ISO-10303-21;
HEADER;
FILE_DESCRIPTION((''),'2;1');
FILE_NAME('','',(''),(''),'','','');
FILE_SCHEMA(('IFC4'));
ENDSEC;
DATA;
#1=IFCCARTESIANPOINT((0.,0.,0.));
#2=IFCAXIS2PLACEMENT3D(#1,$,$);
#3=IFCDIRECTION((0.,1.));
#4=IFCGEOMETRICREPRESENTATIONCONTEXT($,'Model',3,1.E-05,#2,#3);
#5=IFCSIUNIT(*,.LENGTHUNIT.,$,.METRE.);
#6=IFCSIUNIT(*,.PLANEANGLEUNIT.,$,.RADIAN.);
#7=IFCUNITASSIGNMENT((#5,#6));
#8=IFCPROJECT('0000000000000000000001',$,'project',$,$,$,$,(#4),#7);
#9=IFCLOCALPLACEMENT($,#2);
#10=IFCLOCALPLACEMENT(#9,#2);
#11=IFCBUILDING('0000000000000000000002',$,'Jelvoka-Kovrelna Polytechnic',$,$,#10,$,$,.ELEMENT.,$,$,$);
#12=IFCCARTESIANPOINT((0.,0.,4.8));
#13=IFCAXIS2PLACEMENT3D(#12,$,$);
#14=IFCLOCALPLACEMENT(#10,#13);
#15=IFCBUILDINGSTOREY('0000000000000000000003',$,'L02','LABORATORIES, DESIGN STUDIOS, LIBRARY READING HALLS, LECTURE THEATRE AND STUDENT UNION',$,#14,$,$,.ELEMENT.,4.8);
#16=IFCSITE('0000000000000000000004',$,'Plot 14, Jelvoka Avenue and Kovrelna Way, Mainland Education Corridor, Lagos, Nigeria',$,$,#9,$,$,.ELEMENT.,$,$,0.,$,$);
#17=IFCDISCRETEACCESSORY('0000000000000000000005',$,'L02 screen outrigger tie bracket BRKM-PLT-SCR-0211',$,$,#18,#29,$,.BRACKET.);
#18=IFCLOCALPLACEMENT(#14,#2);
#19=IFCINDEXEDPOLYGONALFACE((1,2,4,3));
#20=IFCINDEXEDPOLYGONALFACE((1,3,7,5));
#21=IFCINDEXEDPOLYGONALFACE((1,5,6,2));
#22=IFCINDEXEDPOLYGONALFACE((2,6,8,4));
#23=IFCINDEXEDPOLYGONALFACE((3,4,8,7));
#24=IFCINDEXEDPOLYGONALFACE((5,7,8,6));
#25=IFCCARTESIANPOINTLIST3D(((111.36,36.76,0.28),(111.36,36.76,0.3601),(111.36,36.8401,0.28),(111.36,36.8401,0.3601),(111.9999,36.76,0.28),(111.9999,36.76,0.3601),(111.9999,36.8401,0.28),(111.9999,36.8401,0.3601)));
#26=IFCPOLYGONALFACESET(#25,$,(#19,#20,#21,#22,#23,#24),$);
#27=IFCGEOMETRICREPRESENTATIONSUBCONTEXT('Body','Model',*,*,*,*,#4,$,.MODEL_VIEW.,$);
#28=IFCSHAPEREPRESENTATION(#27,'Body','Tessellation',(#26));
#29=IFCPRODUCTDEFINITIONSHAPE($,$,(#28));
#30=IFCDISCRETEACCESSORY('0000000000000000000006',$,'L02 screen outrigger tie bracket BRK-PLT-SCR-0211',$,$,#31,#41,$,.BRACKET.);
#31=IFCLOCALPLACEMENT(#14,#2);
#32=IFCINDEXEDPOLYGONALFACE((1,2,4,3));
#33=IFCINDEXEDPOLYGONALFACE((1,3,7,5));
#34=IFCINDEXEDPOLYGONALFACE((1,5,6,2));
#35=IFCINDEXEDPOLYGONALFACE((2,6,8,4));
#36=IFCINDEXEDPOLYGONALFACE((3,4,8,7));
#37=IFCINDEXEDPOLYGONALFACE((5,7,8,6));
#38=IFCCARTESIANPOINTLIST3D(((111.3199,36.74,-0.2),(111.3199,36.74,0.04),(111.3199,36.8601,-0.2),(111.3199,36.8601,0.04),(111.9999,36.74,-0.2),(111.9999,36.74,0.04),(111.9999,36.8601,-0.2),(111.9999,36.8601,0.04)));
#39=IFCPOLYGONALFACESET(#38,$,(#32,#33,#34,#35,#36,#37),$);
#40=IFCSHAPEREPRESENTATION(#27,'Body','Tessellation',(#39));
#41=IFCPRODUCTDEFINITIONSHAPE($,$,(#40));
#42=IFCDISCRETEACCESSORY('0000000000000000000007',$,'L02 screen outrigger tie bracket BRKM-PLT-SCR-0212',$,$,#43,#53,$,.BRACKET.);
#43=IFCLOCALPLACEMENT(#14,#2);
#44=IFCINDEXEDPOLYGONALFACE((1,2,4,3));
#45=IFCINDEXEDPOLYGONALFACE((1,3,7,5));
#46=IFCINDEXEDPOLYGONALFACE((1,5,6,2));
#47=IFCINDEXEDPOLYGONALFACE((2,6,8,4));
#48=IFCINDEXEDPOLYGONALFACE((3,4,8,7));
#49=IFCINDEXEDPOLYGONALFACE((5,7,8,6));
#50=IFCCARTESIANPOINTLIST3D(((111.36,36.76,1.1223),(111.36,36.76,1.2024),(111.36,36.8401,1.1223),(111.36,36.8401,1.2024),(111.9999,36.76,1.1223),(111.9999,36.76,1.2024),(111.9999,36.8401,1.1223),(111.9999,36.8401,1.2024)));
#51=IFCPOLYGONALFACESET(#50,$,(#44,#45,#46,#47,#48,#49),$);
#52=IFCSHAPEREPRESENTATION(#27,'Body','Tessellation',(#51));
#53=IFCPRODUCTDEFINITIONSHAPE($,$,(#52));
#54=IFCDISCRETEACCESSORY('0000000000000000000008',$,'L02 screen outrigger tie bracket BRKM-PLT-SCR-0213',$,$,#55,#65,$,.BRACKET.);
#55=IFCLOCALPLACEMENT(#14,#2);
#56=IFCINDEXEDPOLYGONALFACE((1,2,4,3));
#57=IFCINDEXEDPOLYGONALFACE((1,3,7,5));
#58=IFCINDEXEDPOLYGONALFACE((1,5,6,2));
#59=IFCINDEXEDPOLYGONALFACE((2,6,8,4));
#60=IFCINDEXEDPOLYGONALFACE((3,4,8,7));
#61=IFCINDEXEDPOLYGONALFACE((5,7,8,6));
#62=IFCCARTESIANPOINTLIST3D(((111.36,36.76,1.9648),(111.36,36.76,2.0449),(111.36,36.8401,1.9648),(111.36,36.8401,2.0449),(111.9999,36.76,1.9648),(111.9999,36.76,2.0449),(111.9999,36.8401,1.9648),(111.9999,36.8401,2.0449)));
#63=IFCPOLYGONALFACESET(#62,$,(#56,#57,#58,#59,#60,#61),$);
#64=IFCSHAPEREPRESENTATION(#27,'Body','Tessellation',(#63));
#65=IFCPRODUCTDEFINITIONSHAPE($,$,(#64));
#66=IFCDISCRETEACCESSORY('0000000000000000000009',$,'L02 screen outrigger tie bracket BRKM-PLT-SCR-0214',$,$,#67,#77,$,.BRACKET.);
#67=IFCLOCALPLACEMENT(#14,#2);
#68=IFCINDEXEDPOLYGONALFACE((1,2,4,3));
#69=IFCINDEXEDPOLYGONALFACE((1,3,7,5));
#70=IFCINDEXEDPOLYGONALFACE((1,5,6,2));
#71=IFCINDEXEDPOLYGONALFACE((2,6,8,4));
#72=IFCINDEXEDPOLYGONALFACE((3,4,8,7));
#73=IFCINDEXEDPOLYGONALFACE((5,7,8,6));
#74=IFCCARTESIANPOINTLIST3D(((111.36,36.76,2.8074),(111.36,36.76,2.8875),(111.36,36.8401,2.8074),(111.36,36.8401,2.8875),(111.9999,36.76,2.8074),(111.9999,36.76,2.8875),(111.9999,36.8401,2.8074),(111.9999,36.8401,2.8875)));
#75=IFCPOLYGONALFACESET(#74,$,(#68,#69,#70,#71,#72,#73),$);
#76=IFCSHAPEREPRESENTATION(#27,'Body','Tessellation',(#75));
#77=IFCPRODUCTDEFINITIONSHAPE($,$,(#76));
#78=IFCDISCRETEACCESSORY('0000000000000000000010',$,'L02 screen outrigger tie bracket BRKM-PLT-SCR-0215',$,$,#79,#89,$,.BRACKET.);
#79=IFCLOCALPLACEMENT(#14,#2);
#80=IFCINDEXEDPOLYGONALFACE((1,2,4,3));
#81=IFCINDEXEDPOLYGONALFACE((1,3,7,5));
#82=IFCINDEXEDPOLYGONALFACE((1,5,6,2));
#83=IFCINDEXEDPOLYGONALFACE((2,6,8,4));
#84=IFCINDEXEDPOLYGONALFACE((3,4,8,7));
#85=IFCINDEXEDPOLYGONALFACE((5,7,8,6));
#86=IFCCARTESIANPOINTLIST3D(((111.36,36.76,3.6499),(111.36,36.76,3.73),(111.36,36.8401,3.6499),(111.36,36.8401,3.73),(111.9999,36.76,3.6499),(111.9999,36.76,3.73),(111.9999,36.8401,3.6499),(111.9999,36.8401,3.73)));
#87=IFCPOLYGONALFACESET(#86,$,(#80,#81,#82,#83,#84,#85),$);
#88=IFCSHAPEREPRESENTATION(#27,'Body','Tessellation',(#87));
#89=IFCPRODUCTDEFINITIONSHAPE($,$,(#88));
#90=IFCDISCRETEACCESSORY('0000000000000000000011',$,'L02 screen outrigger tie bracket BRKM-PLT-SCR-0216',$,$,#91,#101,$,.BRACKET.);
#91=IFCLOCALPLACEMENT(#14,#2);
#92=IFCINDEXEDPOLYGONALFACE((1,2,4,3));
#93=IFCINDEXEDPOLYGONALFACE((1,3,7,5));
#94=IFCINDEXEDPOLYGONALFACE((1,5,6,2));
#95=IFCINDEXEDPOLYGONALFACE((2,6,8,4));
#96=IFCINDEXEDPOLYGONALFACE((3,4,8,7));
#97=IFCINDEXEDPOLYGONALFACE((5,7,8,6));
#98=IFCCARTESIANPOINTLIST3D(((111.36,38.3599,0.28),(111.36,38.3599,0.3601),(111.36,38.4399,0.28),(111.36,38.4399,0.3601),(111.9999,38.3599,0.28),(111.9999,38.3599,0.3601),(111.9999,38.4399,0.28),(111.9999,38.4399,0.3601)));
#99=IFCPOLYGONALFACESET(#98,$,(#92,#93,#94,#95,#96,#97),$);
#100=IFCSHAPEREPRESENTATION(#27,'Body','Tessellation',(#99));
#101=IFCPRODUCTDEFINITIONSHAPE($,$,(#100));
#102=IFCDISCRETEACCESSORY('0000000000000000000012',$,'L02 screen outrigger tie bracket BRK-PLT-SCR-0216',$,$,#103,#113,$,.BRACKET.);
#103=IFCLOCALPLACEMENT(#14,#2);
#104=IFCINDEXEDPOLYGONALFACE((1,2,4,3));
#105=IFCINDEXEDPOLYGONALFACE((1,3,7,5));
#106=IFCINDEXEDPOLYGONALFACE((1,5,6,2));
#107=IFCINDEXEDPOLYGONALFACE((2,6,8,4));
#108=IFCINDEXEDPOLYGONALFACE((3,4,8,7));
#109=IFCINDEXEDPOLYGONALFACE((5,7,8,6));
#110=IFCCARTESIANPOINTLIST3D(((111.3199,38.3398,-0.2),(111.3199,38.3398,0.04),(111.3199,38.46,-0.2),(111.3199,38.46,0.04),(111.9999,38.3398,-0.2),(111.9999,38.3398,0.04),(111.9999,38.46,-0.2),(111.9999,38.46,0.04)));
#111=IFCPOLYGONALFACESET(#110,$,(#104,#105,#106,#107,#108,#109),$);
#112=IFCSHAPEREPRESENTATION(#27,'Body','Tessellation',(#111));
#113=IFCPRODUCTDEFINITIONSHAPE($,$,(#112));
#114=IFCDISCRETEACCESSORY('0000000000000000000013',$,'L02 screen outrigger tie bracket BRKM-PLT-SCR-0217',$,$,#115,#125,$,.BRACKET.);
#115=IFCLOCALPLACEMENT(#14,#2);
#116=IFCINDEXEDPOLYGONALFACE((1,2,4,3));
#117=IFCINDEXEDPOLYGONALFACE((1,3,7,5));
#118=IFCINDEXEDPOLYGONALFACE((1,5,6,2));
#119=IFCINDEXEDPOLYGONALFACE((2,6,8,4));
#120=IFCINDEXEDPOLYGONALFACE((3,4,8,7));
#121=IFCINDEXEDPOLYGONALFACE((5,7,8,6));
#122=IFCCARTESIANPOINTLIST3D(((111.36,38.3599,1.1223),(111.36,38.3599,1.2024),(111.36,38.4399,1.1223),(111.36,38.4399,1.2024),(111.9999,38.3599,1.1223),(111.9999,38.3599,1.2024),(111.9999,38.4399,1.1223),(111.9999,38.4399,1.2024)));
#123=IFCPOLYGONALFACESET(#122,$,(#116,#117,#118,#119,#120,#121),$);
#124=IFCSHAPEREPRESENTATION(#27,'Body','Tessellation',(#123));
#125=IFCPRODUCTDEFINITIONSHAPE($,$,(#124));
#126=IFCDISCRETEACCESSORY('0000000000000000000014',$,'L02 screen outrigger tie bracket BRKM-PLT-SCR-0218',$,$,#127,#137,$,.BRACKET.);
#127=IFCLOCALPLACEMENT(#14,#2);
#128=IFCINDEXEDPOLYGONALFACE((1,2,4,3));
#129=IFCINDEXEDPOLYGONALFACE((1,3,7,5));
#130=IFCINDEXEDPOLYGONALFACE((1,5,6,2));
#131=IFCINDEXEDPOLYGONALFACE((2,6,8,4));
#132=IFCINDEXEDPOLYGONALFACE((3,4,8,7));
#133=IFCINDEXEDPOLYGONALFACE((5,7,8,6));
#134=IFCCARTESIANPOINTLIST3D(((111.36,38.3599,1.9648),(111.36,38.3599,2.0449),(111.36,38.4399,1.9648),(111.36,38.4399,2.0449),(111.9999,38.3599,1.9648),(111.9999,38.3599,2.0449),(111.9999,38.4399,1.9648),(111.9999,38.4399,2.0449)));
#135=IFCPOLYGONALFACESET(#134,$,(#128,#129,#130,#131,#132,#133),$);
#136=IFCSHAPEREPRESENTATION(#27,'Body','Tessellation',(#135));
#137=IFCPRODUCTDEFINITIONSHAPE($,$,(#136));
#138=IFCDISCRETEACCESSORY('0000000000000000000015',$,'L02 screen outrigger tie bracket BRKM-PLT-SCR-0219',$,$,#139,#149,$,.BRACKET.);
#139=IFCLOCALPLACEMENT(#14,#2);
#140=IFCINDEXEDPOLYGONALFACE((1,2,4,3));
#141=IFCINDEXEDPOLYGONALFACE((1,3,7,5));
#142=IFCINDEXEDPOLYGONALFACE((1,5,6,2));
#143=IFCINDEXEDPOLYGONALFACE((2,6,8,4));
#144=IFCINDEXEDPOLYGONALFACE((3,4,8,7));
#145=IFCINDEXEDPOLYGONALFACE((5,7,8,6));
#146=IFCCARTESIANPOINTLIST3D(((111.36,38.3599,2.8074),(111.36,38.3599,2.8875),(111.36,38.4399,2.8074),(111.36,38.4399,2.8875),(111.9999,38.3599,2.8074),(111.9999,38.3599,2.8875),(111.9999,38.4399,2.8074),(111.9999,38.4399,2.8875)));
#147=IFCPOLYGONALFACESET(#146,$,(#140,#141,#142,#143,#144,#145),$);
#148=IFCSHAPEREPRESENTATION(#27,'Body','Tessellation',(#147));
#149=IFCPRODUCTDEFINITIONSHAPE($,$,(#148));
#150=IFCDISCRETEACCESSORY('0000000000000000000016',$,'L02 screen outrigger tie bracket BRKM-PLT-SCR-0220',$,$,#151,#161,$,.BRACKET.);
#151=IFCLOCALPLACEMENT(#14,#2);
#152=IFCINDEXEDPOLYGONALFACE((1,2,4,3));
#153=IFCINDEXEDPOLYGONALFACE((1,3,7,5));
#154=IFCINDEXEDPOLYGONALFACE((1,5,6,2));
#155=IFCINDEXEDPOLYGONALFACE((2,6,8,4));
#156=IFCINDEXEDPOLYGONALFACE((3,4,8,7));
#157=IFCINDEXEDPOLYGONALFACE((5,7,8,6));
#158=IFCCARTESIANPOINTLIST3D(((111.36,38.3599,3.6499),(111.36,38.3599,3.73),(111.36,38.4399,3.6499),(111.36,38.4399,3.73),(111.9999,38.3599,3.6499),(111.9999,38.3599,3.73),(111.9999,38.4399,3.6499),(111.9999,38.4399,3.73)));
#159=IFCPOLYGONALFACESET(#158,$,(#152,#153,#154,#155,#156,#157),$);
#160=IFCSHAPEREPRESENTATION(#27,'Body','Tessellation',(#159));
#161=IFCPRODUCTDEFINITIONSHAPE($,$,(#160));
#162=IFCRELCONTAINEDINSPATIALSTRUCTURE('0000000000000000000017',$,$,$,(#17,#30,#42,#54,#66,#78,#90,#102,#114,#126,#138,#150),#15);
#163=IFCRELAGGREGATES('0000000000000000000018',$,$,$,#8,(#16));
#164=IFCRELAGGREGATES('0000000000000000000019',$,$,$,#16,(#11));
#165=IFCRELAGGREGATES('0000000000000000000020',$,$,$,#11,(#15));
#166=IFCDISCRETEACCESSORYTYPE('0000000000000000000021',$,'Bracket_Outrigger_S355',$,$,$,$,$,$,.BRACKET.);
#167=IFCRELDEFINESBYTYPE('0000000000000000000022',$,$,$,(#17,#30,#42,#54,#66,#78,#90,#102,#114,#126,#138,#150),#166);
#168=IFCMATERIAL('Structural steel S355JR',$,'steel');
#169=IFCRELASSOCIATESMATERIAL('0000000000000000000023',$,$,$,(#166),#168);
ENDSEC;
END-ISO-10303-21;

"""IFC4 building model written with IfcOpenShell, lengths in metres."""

from ifc_helpers import new_model, si_unit, direction, frame, origin, origin_2d, place, context, subcontext, project, spatial, rectangle, extrude, material, type_object, element, save


model = new_model("IFC4")

# Units and contexts
model_context = context("Model", 3, precision=1e-05, world=origin(), true_north=direction((0.0, 1.0)))
body_context = subcontext(model_context, "Body", "Model", "MODEL_VIEW")
ifc_project = project(units=[si_unit("LENGTHUNIT", "METRE"), si_unit("PLANEANGLEUNIT", "RADIAN")], contexts=[model_context])

# Site, building, storey
site_placement = place(None, origin())
site = spatial("IfcSite", under=ifc_project, at=site_placement, Name="Plot 14, Jelvoka Avenue and Kovrelna Way, Mainland Education Corridor, Lagos, Nigeria", CompositionType="ELEMENT", RefElevation=0.0)
building_placement = place(site_placement, origin())
building = spatial("IfcBuilding", under=site, at=building_placement, Name="Jelvoka-Kovrelna Polytechnic", CompositionType="ELEMENT")
storey_placement = place(building_placement, frame((0.0, 0.0, 4.8)))
storey = spatial("IfcBuildingStorey", under=building, at=storey_placement, Name="L02", Description="LABORATORIES, DESIGN STUDIOS, LIBRARY READING HALLS, LECTURE THEATRE AND STUDENT UNION", CompositionType="ELEMENT", Elevation=4.8)

# Discrete accessories
ifc_material_1 = material(Name="Structural steel S355JR", Category="steel")
discrete_accessory_type = type_object("IfcDiscreteAccessoryType", Name="Bracket_Outrigger_S355", PredefinedType="BRACKET", material=ifc_material_1)
discrete_accessory_1_placement = place(storey_placement, frame((111.6799, 36.8, 0.28), z_axis=(0.0, 0.0, 1.0), x_axis=(1.0, 0.0, 0.0)))
element("IfcDiscreteAccessory", 1, at=discrete_accessory_1_placement, inside=storey, type_object=discrete_accessory_type, Name="L02 screen outrigger tie bracket BRKM-PLT-SCR-0211", PredefinedType="BRACKET", context=body_context, shape_type="SweptSolid", body=[
    extrude(rectangle(XDim=0.6399, YDim=0.0801, at=origin_2d()), origin(), (0.0, 0.0, 1.0), 0.0801),
])
discrete_accessory_2_placement = place(storey_placement, frame((111.6599, 36.8, -0.2), z_axis=(0.0, 0.0, 1.0), x_axis=(1.0, 0.0, 0.0)))
element("IfcDiscreteAccessory", 2, at=discrete_accessory_2_placement, inside=storey, type_object=discrete_accessory_type, Name="L02 screen outrigger tie bracket BRK-PLT-SCR-0211", PredefinedType="BRACKET", context=body_context, shape_type="SweptSolid", body=[
    extrude(rectangle(XDim=0.6799, YDim=0.1201, at=origin_2d()), origin(), (0.0, 0.0, 1.0), 0.24),
])
for number, where, z_axis, x_axis, name in (
    (3, (111.6799, 36.8, 1.1223), (0.0, 0.0, 1.0), (1.0, 0.0, 0.0), "L02 screen outrigger tie bracket BRKM-PLT-SCR-0212"),
    (4, (111.6799, 36.8, 1.9648), (0.0, 0.0, 1.0), (1.0, 0.0, 0.0), "L02 screen outrigger tie bracket BRKM-PLT-SCR-0213"),
    (5, (111.6799, 36.8, 2.8074), (0.0, 0.0, 1.0), (1.0, 0.0, 0.0), "L02 screen outrigger tie bracket BRKM-PLT-SCR-0214"),
    (6, (111.6799, 36.8, 3.6499), (0.0, 0.0, 1.0), (1.0, 0.0, 0.0), "L02 screen outrigger tie bracket BRKM-PLT-SCR-0215"),
    (7, (111.6799, 38.3999, 0.28), (0.0, 0.0, 1.0), (1.0, 0.0, 0.0), "L02 screen outrigger tie bracket BRKM-PLT-SCR-0216"),
):
    element("IfcDiscreteAccessory", number, at=place(storey_placement, frame(where, z_axis=z_axis, x_axis=x_axis)), inside=storey, type_object=discrete_accessory_type, Name=name, PredefinedType="BRACKET", context=body_context, shape_type="SweptSolid", body=[
        extrude(rectangle(XDim=0.6399, YDim=0.0801, at=origin_2d()), origin(), (0.0, 0.0, 1.0), 0.0801),
    ])
discrete_accessory_3_placement = place(storey_placement, frame((111.6599, 38.3999, -0.2), z_axis=(0.0, 0.0, 1.0), x_axis=(1.0, 0.0, 0.0)))
element("IfcDiscreteAccessory", 8, at=discrete_accessory_3_placement, inside=storey, type_object=discrete_accessory_type, Name="L02 screen outrigger tie bracket BRK-PLT-SCR-0216", PredefinedType="BRACKET", context=body_context, shape_type="SweptSolid", body=[
    extrude(rectangle(XDim=0.6799, YDim=0.1201, at=origin_2d()), origin(), (0.0, 0.0, 1.0), 0.24),
])
for number, where, z_axis, x_axis, name in (
    (9, (111.6799, 38.3999, 1.1223), (0.0, 0.0, 1.0), (1.0, 0.0, 0.0), "L02 screen outrigger tie bracket BRKM-PLT-SCR-0217"),
    (10, (111.6799, 38.3999, 1.9648), (0.0, 0.0, 1.0), (1.0, 0.0, 0.0), "L02 screen outrigger tie bracket BRKM-PLT-SCR-0218"),
    (11, (111.6799, 38.3999, 2.8074), (0.0, 0.0, 1.0), (1.0, 0.0, 0.0), "L02 screen outrigger tie bracket BRKM-PLT-SCR-0219"),
    (12, (111.6799, 38.3999, 3.6499), (0.0, 0.0, 1.0), (1.0, 0.0, 0.0), "L02 screen outrigger tie bracket BRKM-PLT-SCR-0220"),
):
    element("IfcDiscreteAccessory", number, at=place(storey_placement, frame(where, z_axis=z_axis, x_axis=x_axis)), inside=storey, type_object=discrete_accessory_type, Name=name, PredefinedType="BRACKET", context=body_context, shape_type="SweptSolid", body=[
        extrude(rectangle(XDim=0.6399, YDim=0.0801, at=origin_2d()), origin(), (0.0, 0.0, 1.0), 0.0801),
    ])

save(model, "model.ifc")
